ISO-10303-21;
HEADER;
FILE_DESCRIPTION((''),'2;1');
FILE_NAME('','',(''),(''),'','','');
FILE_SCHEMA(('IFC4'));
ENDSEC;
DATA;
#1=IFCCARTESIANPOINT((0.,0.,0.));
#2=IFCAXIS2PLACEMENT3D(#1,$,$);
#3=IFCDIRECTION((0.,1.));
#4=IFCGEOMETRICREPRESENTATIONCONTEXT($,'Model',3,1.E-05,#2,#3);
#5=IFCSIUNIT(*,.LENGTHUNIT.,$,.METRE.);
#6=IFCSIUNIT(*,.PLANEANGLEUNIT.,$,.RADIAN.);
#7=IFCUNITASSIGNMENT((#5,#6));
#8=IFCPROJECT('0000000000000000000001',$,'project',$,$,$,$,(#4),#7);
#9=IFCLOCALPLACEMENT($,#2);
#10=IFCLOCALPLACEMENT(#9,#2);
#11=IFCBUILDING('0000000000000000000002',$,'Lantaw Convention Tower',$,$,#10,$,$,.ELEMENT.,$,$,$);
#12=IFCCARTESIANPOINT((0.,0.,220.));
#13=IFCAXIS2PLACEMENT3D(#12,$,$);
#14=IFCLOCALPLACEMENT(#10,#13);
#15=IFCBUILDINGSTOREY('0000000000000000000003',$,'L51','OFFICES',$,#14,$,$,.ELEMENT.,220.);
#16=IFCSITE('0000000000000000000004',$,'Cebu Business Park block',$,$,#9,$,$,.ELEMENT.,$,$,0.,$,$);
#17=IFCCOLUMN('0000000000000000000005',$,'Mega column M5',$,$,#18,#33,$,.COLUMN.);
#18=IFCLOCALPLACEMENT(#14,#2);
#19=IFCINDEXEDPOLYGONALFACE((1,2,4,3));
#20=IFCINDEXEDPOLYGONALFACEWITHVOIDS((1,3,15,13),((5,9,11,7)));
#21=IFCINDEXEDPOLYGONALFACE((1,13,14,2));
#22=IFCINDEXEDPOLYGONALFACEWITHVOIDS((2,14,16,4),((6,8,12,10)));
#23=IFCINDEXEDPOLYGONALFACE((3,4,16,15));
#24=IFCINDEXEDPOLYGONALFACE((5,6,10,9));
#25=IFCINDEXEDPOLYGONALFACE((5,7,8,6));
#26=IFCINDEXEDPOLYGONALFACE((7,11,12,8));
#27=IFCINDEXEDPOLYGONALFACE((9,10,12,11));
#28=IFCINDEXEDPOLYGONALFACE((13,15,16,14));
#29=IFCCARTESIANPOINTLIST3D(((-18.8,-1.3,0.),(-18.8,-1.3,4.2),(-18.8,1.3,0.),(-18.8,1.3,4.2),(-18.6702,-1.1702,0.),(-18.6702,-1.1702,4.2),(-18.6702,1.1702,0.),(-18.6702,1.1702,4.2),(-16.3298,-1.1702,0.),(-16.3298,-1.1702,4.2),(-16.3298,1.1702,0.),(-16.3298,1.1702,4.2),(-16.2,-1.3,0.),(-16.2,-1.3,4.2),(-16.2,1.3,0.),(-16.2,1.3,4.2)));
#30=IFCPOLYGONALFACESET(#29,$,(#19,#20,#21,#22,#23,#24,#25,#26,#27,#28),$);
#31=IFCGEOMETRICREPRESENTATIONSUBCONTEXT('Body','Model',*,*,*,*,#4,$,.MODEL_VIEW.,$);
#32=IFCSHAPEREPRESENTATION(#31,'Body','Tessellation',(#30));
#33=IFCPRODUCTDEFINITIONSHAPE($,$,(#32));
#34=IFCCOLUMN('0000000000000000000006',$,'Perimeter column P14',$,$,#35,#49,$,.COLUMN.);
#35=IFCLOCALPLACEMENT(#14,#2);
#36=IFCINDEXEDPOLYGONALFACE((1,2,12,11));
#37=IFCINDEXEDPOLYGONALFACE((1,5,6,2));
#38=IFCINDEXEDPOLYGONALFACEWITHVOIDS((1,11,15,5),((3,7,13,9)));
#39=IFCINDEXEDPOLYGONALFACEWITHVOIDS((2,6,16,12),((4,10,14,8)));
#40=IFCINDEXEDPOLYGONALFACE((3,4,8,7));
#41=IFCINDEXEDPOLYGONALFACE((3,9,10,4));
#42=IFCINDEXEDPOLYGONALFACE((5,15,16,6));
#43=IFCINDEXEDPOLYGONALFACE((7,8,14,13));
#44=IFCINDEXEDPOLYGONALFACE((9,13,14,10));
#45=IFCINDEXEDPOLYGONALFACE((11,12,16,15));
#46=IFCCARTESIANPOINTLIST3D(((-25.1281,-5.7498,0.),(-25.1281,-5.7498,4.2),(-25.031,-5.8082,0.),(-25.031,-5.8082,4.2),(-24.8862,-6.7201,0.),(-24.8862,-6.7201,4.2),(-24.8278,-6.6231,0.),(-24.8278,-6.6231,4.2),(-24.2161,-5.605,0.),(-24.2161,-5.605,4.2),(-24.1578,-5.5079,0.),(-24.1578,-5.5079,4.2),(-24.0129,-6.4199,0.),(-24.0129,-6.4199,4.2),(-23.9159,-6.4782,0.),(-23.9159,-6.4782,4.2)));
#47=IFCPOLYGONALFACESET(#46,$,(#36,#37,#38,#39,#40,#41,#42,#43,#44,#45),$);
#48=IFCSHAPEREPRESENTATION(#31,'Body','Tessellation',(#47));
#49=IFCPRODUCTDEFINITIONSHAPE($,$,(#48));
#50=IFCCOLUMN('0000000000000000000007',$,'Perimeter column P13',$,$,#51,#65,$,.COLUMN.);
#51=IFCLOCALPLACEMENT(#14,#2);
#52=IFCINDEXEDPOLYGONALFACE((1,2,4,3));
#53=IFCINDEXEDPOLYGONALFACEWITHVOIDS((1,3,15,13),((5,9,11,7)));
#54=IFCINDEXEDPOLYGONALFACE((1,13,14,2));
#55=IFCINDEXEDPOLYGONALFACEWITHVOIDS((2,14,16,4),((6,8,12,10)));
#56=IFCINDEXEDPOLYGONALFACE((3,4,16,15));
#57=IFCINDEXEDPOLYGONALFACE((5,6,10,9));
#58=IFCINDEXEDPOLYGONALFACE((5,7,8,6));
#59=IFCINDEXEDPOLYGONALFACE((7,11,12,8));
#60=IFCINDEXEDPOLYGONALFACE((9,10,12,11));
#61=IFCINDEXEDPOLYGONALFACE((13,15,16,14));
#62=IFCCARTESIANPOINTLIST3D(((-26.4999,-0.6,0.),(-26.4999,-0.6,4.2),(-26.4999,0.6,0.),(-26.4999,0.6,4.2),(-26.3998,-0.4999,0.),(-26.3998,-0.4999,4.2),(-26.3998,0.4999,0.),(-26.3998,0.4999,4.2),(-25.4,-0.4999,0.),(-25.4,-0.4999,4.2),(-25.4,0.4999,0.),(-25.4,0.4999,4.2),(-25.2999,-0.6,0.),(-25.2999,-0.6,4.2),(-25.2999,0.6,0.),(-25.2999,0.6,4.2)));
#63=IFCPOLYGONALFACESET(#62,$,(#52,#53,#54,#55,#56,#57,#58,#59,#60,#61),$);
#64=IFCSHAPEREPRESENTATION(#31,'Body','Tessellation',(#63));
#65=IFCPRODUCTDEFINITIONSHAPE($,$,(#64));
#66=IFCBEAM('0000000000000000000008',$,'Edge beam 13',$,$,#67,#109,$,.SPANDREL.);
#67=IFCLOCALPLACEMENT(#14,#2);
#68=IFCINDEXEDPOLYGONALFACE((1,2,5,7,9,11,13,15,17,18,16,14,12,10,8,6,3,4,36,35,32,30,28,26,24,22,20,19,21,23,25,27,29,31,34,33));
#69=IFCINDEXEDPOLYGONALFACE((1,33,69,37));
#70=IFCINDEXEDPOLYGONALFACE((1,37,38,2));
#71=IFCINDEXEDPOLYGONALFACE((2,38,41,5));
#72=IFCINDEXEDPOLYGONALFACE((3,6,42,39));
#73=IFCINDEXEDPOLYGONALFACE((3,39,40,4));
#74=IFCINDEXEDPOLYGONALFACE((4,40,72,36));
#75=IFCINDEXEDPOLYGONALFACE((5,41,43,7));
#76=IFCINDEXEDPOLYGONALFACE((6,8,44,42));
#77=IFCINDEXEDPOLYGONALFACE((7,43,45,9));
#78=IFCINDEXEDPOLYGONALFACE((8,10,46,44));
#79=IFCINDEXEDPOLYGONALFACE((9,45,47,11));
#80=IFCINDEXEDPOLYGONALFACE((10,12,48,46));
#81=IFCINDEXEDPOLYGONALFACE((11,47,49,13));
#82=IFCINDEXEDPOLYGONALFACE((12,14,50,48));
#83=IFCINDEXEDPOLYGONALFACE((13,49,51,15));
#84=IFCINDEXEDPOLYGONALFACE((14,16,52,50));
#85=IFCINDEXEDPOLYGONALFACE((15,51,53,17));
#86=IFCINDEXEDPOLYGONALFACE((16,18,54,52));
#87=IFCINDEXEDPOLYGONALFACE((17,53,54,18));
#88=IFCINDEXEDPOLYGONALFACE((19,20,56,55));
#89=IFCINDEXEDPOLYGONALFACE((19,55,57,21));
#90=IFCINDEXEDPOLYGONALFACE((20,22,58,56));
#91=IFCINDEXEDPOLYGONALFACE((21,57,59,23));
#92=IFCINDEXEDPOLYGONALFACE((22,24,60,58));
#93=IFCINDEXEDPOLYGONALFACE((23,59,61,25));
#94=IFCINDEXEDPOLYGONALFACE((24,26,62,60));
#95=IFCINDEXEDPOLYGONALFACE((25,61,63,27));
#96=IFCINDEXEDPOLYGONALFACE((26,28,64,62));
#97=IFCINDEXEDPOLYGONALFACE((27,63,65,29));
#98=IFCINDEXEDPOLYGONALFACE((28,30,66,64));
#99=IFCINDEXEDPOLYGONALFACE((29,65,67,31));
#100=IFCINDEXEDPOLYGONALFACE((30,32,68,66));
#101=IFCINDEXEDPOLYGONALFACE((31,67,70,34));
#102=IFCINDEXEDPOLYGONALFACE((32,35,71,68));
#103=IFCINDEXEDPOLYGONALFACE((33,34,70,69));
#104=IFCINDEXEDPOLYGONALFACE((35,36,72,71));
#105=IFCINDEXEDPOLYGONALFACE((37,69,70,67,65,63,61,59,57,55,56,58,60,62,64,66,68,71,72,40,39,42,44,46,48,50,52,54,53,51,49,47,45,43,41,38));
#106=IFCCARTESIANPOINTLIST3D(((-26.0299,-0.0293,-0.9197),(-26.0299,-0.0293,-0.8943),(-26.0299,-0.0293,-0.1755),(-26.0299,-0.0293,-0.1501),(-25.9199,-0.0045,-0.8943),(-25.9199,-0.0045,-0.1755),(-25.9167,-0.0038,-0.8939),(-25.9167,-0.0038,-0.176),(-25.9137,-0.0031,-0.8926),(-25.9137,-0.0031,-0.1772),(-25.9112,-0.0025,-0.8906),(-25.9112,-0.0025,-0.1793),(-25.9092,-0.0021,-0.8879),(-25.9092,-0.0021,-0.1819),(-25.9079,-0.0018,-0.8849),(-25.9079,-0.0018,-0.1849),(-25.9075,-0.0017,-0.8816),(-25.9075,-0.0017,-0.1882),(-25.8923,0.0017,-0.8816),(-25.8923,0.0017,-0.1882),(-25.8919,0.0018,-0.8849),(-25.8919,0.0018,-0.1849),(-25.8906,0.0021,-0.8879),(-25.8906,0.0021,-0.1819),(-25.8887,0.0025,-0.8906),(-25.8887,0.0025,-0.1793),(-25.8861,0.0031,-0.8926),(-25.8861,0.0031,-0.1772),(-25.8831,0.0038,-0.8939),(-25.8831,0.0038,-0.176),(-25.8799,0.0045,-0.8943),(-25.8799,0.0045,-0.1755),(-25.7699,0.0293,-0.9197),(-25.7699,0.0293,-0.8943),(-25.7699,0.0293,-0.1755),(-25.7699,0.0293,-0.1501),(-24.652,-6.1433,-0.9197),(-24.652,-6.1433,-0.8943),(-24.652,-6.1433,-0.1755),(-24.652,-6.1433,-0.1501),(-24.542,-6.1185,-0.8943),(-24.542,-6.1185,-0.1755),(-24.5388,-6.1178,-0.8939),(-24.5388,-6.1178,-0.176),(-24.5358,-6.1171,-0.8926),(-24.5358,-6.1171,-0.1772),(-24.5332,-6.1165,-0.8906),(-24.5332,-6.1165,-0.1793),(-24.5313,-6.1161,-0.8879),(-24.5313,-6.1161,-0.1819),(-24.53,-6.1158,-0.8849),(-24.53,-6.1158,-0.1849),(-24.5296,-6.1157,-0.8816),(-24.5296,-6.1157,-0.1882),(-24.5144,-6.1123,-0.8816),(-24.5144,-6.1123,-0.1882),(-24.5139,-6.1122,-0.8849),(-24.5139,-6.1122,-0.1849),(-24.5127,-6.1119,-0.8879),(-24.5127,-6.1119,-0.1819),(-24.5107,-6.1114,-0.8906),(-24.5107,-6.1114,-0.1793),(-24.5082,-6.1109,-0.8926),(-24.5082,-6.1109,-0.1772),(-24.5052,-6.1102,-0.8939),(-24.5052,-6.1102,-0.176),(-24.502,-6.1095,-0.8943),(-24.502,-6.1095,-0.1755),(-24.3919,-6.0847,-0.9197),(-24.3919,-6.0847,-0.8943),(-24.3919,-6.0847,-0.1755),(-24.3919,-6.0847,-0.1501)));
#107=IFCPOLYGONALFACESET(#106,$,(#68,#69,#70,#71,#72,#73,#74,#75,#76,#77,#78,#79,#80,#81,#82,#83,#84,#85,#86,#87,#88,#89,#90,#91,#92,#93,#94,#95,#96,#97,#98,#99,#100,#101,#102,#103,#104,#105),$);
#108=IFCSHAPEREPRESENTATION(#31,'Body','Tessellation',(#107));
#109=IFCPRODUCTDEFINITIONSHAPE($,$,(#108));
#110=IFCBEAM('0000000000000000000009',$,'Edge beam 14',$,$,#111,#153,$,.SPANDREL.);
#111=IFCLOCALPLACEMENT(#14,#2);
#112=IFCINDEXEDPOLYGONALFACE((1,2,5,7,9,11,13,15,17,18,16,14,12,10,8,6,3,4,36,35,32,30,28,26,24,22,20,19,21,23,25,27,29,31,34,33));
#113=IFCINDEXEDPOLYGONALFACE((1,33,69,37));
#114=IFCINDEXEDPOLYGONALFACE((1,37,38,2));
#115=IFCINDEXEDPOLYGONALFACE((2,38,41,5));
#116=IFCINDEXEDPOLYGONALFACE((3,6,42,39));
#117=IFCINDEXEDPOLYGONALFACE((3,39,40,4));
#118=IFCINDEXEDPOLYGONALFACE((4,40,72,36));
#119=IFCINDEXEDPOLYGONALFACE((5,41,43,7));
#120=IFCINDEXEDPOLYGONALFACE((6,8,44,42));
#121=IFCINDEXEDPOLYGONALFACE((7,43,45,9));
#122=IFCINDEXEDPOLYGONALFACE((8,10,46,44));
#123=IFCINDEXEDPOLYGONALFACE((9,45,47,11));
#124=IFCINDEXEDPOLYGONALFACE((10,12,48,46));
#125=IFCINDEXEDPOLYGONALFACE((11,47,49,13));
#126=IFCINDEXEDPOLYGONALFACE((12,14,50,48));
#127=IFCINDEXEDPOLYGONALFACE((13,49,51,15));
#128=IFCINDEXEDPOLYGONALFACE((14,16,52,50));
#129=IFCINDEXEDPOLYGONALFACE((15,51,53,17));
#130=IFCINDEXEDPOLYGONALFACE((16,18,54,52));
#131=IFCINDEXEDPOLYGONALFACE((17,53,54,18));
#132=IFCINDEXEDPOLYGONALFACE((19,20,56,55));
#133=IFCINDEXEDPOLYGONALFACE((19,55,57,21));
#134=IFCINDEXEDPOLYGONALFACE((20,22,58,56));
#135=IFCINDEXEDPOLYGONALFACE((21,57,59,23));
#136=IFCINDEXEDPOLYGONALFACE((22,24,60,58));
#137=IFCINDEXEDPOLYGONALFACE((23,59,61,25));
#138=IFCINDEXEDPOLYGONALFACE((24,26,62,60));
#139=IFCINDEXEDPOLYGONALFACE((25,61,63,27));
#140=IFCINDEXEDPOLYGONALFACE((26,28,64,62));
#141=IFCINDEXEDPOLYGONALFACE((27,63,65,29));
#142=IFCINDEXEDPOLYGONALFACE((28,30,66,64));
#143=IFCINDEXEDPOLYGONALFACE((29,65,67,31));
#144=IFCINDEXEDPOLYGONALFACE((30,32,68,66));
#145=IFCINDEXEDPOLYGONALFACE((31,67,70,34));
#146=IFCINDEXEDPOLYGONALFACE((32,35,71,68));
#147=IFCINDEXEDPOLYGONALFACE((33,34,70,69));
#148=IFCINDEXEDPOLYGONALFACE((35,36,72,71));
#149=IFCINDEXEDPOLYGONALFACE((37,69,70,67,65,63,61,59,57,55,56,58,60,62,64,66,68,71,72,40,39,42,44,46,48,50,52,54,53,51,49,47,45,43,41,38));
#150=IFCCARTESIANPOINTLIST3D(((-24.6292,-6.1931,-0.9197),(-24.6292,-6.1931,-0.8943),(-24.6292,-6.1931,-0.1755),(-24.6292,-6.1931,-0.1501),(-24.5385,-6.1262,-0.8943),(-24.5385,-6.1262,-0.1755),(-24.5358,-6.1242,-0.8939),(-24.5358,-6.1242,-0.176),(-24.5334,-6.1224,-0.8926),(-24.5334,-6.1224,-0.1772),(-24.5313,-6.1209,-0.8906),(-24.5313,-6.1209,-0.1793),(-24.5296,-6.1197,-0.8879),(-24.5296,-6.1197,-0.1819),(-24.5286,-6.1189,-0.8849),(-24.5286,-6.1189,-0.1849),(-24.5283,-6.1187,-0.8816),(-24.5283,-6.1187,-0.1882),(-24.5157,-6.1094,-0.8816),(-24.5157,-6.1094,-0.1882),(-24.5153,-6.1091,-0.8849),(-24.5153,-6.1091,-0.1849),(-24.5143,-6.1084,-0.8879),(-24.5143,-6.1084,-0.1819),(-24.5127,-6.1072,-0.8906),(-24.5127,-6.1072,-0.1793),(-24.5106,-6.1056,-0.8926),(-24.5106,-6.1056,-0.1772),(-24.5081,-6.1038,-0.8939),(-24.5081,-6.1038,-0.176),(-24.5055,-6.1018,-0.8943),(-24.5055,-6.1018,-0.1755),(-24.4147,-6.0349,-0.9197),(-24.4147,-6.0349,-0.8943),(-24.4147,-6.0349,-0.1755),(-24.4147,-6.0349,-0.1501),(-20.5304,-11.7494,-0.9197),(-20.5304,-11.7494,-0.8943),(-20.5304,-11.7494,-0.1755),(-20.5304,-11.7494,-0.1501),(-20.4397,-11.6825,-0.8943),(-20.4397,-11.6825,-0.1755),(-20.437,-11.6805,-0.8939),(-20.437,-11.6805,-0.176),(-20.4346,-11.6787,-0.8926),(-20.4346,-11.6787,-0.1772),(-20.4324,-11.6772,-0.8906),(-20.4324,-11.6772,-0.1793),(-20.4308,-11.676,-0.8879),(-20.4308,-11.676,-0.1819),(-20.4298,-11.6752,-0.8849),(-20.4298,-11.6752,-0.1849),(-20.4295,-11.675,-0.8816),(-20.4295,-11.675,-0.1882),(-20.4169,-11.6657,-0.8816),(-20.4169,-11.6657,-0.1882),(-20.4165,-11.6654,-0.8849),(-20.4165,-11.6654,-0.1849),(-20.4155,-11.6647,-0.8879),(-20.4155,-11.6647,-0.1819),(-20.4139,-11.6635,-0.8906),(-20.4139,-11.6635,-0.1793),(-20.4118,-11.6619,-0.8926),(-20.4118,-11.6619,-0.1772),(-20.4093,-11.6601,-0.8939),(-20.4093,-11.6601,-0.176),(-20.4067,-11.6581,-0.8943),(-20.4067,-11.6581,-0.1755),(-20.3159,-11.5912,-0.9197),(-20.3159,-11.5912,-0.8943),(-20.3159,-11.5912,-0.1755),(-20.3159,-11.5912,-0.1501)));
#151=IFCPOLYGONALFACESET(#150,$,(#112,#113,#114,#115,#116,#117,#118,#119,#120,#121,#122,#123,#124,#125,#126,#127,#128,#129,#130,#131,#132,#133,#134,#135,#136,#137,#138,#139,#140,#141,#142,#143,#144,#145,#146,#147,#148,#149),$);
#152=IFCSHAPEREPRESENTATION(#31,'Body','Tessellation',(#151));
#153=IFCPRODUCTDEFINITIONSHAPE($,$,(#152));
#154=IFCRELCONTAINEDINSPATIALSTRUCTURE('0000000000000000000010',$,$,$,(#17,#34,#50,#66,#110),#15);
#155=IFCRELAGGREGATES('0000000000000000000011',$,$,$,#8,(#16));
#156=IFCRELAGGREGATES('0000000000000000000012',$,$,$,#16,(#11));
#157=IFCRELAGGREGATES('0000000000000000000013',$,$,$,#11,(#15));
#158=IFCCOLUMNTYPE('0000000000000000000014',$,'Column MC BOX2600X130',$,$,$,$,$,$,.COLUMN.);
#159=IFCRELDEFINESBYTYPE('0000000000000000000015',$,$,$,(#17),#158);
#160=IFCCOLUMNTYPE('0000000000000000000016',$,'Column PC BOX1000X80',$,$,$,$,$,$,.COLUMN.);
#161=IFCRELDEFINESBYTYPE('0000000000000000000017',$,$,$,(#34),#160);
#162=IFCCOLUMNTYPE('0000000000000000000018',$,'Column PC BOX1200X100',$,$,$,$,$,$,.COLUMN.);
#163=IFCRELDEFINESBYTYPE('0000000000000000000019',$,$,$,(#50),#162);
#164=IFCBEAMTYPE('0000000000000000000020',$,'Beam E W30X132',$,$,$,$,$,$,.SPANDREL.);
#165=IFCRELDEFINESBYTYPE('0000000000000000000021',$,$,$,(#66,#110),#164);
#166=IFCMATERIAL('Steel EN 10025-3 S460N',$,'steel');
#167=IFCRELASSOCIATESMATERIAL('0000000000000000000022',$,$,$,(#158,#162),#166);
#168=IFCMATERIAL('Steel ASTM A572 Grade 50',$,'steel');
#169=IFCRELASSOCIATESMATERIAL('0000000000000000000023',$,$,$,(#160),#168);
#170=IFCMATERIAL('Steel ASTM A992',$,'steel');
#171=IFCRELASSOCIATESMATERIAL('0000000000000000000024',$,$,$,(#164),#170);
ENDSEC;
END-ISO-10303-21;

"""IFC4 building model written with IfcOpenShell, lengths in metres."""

from ifc_helpers import new_model, si_unit, direction, frame, origin, origin_2d, place, context, subcontext, project, spatial, rectangle, hollow_rectangle, i_section, extrude, material, material_profile, profile_set, type_object, element, save


model = new_model("IFC4")

# Units and contexts
model_context = context("Model", 3, precision=1e-05, world=origin(), true_north=direction((0.0, 1.0)))
body_context = subcontext(model_context, "Body", "Model", "MODEL_VIEW")
ifc_project = project(units=[si_unit("LENGTHUNIT", "METRE"), si_unit("PLANEANGLEUNIT", "RADIAN")], contexts=[model_context])

# Site, building, storey
site_placement = place(None, origin())
site = spatial("IfcSite", under=ifc_project, at=site_placement, Name="Cebu Business Park block", CompositionType="ELEMENT", RefElevation=0.0)
building_placement = place(site_placement, origin())
building = spatial("IfcBuilding", under=site, at=building_placement, Name="Lantaw Convention Tower", CompositionType="ELEMENT")
storey_placement = place(building_placement, frame((0.0, 0.0, 220.0)))
storey = spatial("IfcBuildingStorey", under=building, at=storey_placement, Name="L51", Description="OFFICES", CompositionType="ELEMENT", Elevation=220.0)

# Columns
ifc_material_1 = material(Name="Steel EN 10025-3 S460N", Category="steel")
ifc_material_profile_1 = material_profile(ifc_material_1, hollow_rectangle(XDim=2.6001, YDim=2.6001, WallThickness=0.1299, at=origin_2d()), Name="BOX2600X130")
ifc_material_2 = material(Name="Concrete C60/75", Category="concrete")
ifc_material_profile_2 = material_profile(ifc_material_2, rectangle(XDim=2.3401, YDim=2.3401, at=origin_2d()), Name="Concrete fill of BOX2600X130")
ifc_profile_set_1 = profile_set([ifc_material_profile_1, ifc_material_profile_2], Name="Steel EN 10025-3 S460N")
column_type_1 = type_object("IfcColumnType", Name="Column MC BOX2600X130", PredefinedType="COLUMN", material=ifc_profile_set_1)
column_1_placement = place(storey_placement, frame((-17.5, 0.0, 0.0), z_axis=(0.0, 0.0, 1.0), x_axis=(1.0, 0.0, 0.0)))
element("IfcColumn", 1, at=column_1_placement, inside=storey, type_object=column_type_1, Name="Mega column M5", PredefinedType="COLUMN", context=body_context, shape_type="SweptSolid", body=[
    extrude(hollow_rectangle(XDim=2.6001, YDim=2.6001, WallThickness=0.1299, at=origin_2d()), origin(), (0.0, 0.0, 1.0), 4.2),
])
ifc_material_3 = material(Name="Steel ASTM A572 Grade 50", Category="steel")
ifc_material_profile_3 = material_profile(ifc_material_3, hollow_rectangle(XDim=1.0, YDim=1.0, WallThickness=0.0801, at=origin_2d()), Name="BOX1000X80")
ifc_material_profile_4 = material_profile(ifc_material_2, rectangle(XDim=0.8401, YDim=0.8401, at=origin_2d()), Name="Concrete fill of BOX1000X80")
ifc_profile_set_2 = profile_set([ifc_material_profile_3, ifc_material_profile_4], Name="Steel ASTM A572 Grade 50")
column_type_2 = type_object("IfcColumnType", Name="Column PC BOX1000X80", PredefinedType="COLUMN", material=ifc_profile_set_2)
column_2_placement = place(storey_placement, frame((-24.522, -6.114, 0.0), z_axis=(0.0, 0.0, 1.0), x_axis=(0.970296, 0.241922, 0.0)))
element("IfcColumn", 2, at=column_2_placement, inside=storey, type_object=column_type_2, Name="Perimeter column P14", PredefinedType="COLUMN", context=body_context, shape_type="SweptSolid", body=[
    extrude(hollow_rectangle(XDim=1.0, YDim=1.0, WallThickness=0.0801, at=origin_2d()), origin(), (0.0, 0.0, 1.0), 4.2),
])
ifc_material_profile_5 = material_profile(ifc_material_1, hollow_rectangle(XDim=1.2, YDim=1.2, WallThickness=0.1001, at=origin_2d()), Name="BOX1200X100")
ifc_material_profile_6 = material_profile(ifc_material_2, rectangle(XDim=1.0, YDim=1.0, at=origin_2d()), Name="Concrete fill of BOX1200X100")
ifc_profile_set_3 = profile_set([ifc_material_profile_5, ifc_material_profile_6], Name="Steel EN 10025-3 S460N")
column_type_3 = type_object("IfcColumnType", Name="Column PC BOX1200X100", PredefinedType="COLUMN", material=ifc_profile_set_3)
column_3_placement = place(storey_placement, frame((-25.8999, 0.0, 0.0), z_axis=(0.0, 0.0, 1.0), x_axis=(1.0, 0.0, 0.0)))
element("IfcColumn", 3, at=column_3_placement, inside=storey, type_object=column_type_3, Name="Perimeter column P13", PredefinedType="COLUMN", context=body_context, shape_type="SweptSolid", body=[
    extrude(hollow_rectangle(XDim=1.2, YDim=1.2, WallThickness=0.1001, at=origin_2d()), origin(), (0.0, 0.0, 1.0), 4.2),
])

# Beams
ifc_material_4 = material(Name="Steel ASTM A992", Category="steel")
ifc_material_profile_7 = material_profile(ifc_material_4, i_section(OverallWidth=0.2666, OverallDepth=0.7695, WebThickness=0.0156, FlangeThickness=0.0254, FilletRadius=0.0127, at=origin_2d()), Name="W30X132")
ifc_profile_set_4 = profile_set([ifc_material_profile_7], Name="Steel ASTM A992")
beam_type_1 = type_object("IfcBeamType", Name="Beam E W30X132", PredefinedType="SPANDREL", material=ifc_profile_set_4)
beam_1_placement = place(storey_placement, frame((-25.8999, 0.0, -0.5349), z_axis=(0.219858, -0.975532, 0.0), x_axis=(0.975532, 0.219858, 0.0)))
element("IfcBeam", 4, at=beam_1_placement, inside=storey, type_object=beam_type_1, Name="Edge beam 13", PredefinedType="SPANDREL", context=body_context, shape_type="SweptSolid", body=[
    extrude(i_section(OverallWidth=0.2666, OverallDepth=0.7695, WebThickness=0.0156, FlangeThickness=0.0254, FilletRadius=0.0127, at=origin_2d()), origin(), (0.0, 0.0, 1.0), 6.2673),
])
beam_2_placement = place(storey_placement, frame((-24.522, -6.114, -0.5349), z_axis=(0.593639, -0.804731, 0.0), x_axis=(0.804731, 0.593639, 0.0)))
element("IfcBeam", 5, at=beam_2_placement, inside=storey, type_object=beam_type_1, Name="Edge beam 14", PredefinedType="SPANDREL", context=body_context, shape_type="SweptSolid", body=[
    extrude(i_section(OverallWidth=0.2666, OverallDepth=0.7695, WebThickness=0.0156, FlangeThickness=0.0254, FilletRadius=0.0127, at=origin_2d()), origin(), (0.0, 0.0, 1.0), 6.9045),
])

save(model, "model.ifc")
